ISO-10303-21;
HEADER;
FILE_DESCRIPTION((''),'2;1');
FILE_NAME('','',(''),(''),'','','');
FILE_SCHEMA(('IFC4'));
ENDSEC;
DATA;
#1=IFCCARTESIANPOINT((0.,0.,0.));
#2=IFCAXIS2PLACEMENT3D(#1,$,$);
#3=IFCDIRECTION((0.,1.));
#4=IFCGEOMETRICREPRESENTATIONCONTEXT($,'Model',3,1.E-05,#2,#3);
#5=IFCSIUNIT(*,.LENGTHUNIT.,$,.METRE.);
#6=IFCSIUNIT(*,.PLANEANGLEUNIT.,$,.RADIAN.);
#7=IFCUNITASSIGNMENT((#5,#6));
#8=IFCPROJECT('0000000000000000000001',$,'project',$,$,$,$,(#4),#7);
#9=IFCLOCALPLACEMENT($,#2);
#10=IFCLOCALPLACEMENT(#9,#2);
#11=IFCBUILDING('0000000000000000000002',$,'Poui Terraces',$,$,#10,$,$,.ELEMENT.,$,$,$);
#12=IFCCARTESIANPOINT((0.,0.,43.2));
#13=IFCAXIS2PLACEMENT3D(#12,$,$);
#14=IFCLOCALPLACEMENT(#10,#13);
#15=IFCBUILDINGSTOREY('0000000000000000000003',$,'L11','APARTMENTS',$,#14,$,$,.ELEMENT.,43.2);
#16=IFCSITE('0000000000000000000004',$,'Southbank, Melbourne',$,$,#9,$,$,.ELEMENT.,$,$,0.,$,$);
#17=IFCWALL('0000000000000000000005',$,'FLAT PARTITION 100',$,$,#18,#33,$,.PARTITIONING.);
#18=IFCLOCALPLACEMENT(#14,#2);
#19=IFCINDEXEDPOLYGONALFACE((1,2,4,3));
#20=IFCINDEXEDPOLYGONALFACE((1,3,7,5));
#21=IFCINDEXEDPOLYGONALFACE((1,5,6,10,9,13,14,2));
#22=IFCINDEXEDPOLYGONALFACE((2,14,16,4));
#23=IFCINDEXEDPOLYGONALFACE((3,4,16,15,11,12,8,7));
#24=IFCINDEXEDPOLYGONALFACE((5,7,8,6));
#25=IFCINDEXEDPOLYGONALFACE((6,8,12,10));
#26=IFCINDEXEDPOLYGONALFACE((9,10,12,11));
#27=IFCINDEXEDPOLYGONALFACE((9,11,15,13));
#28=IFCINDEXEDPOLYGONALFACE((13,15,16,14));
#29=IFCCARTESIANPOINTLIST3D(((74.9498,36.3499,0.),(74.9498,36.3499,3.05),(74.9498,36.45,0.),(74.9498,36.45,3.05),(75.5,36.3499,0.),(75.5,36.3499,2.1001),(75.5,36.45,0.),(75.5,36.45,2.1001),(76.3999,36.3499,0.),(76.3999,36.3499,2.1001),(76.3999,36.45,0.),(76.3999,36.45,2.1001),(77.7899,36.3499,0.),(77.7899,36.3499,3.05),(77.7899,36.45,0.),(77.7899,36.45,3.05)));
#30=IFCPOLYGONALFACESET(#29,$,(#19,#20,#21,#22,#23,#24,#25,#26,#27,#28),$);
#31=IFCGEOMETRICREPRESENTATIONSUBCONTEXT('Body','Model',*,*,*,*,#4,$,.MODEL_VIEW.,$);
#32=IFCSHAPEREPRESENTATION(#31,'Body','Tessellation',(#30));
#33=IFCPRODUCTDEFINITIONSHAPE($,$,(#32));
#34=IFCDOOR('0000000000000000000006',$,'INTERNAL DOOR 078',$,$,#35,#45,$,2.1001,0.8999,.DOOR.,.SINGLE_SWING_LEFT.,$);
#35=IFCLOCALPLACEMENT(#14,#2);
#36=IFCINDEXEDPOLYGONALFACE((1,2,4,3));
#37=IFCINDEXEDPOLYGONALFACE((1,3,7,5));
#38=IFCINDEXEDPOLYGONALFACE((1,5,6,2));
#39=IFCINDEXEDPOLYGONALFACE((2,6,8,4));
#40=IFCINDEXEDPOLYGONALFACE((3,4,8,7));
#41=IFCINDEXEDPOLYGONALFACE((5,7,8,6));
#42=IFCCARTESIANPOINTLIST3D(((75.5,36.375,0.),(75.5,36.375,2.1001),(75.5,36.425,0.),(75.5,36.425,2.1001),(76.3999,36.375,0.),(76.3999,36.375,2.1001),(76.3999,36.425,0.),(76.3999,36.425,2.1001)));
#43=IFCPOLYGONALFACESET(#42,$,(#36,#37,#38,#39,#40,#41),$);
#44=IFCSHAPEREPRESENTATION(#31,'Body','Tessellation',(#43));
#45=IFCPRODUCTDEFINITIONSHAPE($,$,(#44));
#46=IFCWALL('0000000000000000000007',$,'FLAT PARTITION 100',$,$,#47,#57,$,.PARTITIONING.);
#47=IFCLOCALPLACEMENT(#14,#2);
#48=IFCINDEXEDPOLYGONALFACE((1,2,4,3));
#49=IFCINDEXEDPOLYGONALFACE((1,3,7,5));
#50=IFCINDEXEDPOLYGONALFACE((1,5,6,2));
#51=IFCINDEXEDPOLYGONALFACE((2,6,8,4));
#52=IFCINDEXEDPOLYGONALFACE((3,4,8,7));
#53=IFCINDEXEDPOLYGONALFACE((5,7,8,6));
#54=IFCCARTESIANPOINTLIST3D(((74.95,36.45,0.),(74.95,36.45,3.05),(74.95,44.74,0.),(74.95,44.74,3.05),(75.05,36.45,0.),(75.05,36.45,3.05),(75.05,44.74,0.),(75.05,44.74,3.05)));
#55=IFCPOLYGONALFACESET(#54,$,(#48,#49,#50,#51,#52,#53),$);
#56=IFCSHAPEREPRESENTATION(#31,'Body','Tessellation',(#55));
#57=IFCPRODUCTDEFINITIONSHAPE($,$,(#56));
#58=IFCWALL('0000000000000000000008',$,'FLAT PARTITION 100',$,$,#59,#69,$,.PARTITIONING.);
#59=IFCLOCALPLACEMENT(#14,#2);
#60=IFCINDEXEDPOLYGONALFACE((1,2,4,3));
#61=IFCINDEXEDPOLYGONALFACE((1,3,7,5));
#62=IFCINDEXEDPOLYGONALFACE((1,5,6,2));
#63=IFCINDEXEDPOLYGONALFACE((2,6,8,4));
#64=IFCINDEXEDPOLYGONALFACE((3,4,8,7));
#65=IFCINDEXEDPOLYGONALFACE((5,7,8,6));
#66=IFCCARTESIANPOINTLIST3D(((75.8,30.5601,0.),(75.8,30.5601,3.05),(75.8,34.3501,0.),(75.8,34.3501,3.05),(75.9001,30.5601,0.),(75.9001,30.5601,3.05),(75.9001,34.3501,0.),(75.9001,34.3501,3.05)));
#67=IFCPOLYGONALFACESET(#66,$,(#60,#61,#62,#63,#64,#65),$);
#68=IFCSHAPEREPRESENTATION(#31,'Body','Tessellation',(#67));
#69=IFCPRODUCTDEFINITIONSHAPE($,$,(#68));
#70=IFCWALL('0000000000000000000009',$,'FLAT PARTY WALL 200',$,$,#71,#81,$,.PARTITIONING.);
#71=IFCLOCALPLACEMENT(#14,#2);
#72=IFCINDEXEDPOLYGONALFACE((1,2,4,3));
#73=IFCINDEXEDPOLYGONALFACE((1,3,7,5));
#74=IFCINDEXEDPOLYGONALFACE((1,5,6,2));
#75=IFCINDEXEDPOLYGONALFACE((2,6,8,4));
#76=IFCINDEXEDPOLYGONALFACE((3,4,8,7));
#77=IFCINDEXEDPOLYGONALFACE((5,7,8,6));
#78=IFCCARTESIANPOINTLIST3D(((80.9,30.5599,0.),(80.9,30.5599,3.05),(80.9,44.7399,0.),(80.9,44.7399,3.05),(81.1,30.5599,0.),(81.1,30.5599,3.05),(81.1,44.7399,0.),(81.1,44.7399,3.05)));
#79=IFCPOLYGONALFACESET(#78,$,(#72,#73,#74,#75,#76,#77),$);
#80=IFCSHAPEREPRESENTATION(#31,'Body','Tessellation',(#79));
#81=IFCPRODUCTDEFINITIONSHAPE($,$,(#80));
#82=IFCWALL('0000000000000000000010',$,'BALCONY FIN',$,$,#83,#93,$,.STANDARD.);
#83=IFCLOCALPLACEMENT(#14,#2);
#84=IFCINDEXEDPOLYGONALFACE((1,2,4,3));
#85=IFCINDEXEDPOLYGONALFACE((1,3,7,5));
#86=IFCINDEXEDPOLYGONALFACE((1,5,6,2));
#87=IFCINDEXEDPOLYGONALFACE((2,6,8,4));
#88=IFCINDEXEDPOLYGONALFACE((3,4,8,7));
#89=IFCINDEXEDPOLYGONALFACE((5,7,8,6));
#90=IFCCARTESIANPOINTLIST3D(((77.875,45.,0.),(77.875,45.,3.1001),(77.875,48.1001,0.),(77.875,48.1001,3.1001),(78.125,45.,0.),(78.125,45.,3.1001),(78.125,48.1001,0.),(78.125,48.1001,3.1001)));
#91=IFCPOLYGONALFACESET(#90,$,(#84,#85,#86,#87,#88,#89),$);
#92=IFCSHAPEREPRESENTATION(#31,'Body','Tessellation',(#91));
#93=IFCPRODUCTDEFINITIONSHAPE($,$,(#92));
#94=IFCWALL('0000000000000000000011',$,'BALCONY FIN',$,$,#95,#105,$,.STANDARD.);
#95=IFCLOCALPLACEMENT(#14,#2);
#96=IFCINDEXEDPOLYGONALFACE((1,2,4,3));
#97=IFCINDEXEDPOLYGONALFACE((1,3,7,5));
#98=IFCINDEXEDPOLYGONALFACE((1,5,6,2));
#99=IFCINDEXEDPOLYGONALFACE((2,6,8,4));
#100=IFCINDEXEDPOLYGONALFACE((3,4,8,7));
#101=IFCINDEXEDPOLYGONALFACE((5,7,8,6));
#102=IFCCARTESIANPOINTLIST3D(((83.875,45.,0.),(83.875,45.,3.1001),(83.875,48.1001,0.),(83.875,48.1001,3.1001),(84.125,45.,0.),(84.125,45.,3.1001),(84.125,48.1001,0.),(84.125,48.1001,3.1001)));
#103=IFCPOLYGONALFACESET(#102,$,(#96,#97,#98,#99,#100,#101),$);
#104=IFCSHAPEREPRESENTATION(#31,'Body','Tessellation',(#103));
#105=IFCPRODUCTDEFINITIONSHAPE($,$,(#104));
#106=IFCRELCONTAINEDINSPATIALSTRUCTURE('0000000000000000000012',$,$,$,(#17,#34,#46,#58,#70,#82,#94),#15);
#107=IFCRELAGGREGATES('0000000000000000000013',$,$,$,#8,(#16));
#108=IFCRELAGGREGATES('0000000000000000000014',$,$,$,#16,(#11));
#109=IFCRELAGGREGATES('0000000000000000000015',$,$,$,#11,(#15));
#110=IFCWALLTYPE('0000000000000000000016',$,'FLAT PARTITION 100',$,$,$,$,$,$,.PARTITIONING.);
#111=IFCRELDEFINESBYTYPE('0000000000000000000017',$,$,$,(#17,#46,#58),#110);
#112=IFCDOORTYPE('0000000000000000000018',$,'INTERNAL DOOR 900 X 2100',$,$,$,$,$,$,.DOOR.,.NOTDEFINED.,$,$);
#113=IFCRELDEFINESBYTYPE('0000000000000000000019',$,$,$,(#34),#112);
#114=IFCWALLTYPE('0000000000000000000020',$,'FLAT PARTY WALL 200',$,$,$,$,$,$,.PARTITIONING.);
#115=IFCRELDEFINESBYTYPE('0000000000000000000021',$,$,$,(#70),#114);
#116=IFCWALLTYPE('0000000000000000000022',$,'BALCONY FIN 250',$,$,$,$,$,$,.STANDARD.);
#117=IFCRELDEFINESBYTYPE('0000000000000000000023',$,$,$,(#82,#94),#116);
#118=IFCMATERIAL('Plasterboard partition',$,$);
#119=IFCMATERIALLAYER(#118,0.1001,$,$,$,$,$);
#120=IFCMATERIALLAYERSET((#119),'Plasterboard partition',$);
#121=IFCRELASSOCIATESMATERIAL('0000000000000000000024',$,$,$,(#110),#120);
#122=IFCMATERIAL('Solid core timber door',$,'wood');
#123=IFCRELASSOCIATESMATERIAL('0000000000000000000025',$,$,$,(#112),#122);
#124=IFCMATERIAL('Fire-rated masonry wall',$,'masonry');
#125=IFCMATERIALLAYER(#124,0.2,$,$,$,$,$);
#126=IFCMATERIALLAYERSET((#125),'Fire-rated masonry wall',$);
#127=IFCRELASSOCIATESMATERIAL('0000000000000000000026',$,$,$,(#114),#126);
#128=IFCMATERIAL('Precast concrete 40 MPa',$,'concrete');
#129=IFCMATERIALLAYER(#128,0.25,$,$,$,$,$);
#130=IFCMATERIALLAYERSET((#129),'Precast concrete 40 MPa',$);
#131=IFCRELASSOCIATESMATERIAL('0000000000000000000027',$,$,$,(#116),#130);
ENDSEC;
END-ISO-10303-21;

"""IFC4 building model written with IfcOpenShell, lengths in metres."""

from ifc_helpers import new_model, si_unit, direction, frame, frame_2d, origin, place, context, subcontext, project, spatial, polyline, rectangle, outline, extrude, source, transform, mapped, material, layer, layer_set, type_object, element, fill, save


model = new_model("IFC4")

# Units and contexts
model_context = context("Model", 3, precision=1e-05, world=origin(), true_north=direction((0.0, 1.0)))
body_context = subcontext(model_context, "Body", "Model", "MODEL_VIEW")
ifc_project = project(units=[si_unit("LENGTHUNIT", "METRE"), si_unit("PLANEANGLEUNIT", "RADIAN")], contexts=[model_context])

# Site, building, storey
site_placement = place(None, origin())
site = spatial("IfcSite", under=ifc_project, at=site_placement, Name="Southbank, Melbourne", CompositionType="ELEMENT", RefElevation=0.0)
building_placement = place(site_placement, origin())
building = spatial("IfcBuilding", under=site, at=building_placement, Name="Poui Terraces", CompositionType="ELEMENT")
storey_placement = place(building_placement, frame((0.0, 0.0, 43.2)))
storey = spatial("IfcBuildingStorey", under=building, at=storey_placement, Name="L11", Description="APARTMENTS", CompositionType="ELEMENT", Elevation=43.2)

# Wall, opening, door
ifc_material_1 = material(Name="Plasterboard partition")
ifc_layer_1 = layer(ifc_material_1, 0.1001)
ifc_layer_set_1 = layer_set([ifc_layer_1], Name="Plasterboard partition")
wall_type_1 = type_object("IfcWallType", Name="FLAT PARTITION 100", PredefinedType="PARTITIONING", material=ifc_layer_set_1)
ifc_material_2 = material(Name="Solid core timber door", Category="wood")
door_type_1 = type_object("IfcDoorType", Name="INTERNAL DOOR 900 X 2100", OperationType="NOTDEFINED", PredefinedType="DOOR", material=ifc_material_2)
wall_1_placement = place(storey_placement, frame((74.95, 36.3999, 0.0), z_axis=(0.0, 0.0, 1.0), x_axis=(1.0, 0.0, 0.0)))
wall_1 = element("IfcWall", 1, at=wall_1_placement, inside=storey, type_object=wall_type_1, Name="FLAT PARTITION 100", PredefinedType="PARTITIONING", context=body_context, shape_type="SweptSolid", body=[
    extrude(rectangle(XDim=2.8401, YDim=0.1001, at=frame_2d((1.4199, 0.0))), origin(), (0.0, 0.0, 1.0), 3.05),
])
opening_1_placement = place(wall_1_placement, frame((0.55, 0.0, 0.0)))
opening_1 = element("IfcOpeningElement", 2, at=opening_1_placement, cuts=wall_1, PredefinedType="OPENING", context=body_context, shape_type="SweptSolid", body=[
    extrude(rectangle(XDim=0.8999, YDim=2.1001, at=frame_2d((0.45, 1.05))), frame((0.0, 0.0601, 0.0), z_axis=(0.0, -1.0, 0.0), x_axis=(1.0, 0.0, 0.0)), (0.0, 0.0, 1.0), 0.1201),
])
door_1_placement = place(opening_1_placement, frame((0.8999, 0.0, 0.0), z_axis=(0.0, 0.0, 1.0), x_axis=(-1.0, 0.0, 0.0)))
door_1 = element("IfcDoor", 3, at=door_1_placement, inside=storey, type_object=door_type_1, Name="INTERNAL DOOR 078", OperationType="SINGLE_SWING_LEFT", OverallHeight=2.1001, OverallWidth=0.8999, PredefinedType="DOOR", context=body_context, shape_type="SweptSolid", body=[
    extrude(rectangle(XDim=0.8999, YDim=2.1001, at=frame_2d((0.45, 1.05))), frame((0.0, 0.0249, 0.0), z_axis=(0.0, -1.0, 0.0), x_axis=(1.0, 0.0, 0.0)), (0.0, 0.0, 1.0), 0.05),
])
fill(opening_1, door_1)

# Walls
wall_2_placement = place(storey_placement, frame((75.0, 36.45, 0.0), z_axis=(0.0, 0.0, 1.0), x_axis=(0.0, 1.0, 0.0)))
element("IfcWall", 4, at=wall_2_placement, inside=storey, type_object=wall_type_1, Name="FLAT PARTITION 100", PredefinedType="PARTITIONING", context=body_context, shape_type="SweptSolid", body=[
    extrude(rectangle(XDim=8.29, YDim=0.1001, at=frame_2d((4.145, 0.0))), origin(), (0.0, 0.0, 1.0), 3.05),
])
wall_3_placement = place(storey_placement, frame((75.8501, 30.5601, 0.0), z_axis=(0.0, 0.0, 1.0), x_axis=(0.0, 1.0, 0.0)))
element("IfcWall", 5, at=wall_3_placement, inside=storey, type_object=wall_type_1, Name="FLAT PARTITION 100", PredefinedType="PARTITIONING", context=body_context, shape_type="SweptSolid", body=[
    extrude(rectangle(XDim=3.79, YDim=0.1001, at=frame_2d((1.895, 0.0))), origin(), (0.0, 0.0, 1.0), 3.05),
])
ifc_material_3 = material(Name="Fire-rated masonry wall", Category="masonry")
ifc_layer_2 = layer(ifc_material_3, 0.2)
ifc_layer_set_2 = layer_set([ifc_layer_2], Name="Fire-rated masonry wall")
wall_type_2 = type_object("IfcWallType", Name="FLAT PARTY WALL 200", PredefinedType="PARTITIONING", material=ifc_layer_set_2)
wall_4_placement = place(storey_placement, frame((81.0, 30.5601, 0.0), z_axis=(0.0, 0.0, 1.0), x_axis=(0.0, 1.0, 0.0)))
element("IfcWall", 6, at=wall_4_placement, inside=storey, type_object=wall_type_2, Name="FLAT PARTY WALL 200", PredefinedType="PARTITIONING", context=body_context, shape_type="SweptSolid", body=[
    extrude(rectangle(XDim=14.1799, YDim=0.2, at=frame_2d((7.0898, 0.0))), origin(), (0.0, 0.0, 1.0), 3.05),
])
ifc_material_4 = material(Name="Precast concrete 40 MPa", Category="concrete")
ifc_layer_3 = layer(ifc_material_4, 0.25)
ifc_layer_set_3 = layer_set([ifc_layer_3], Name="Precast concrete 40 MPa")
wall_type_3 = type_object("IfcWallType", Name="BALCONY FIN 250", PredefinedType="STANDARD", material=ifc_layer_set_3)
shared_shape_1 = source(origin(), body_context, "Body", "SweptSolid", [
    extrude(outline(polyline([(0.0, 0.0), (0.25, 0.0), (0.25, 3.1001), (0.0, 3.1001), (0.0, 0.0)])), origin(), (0.0, 0.0, 1.0), 3.1001),
])
for number, where, name in (
    (7, (77.875, 45.0, 0.0), "BALCONY FIN"),
    (8, (83.875, 45.0, 0.0), "BALCONY FIN"),
):
    element("IfcWall", number, at=place(storey_placement, frame(where)), inside=storey, type_object=wall_type_3, Name=name, PredefinedType="STANDARD", context=body_context, shape_type="MappedRepresentation", body=[
        mapped(shared_shape_1, transform((0.0, 0.0, 0.0))),
    ])

save(model, "model.ifc")
